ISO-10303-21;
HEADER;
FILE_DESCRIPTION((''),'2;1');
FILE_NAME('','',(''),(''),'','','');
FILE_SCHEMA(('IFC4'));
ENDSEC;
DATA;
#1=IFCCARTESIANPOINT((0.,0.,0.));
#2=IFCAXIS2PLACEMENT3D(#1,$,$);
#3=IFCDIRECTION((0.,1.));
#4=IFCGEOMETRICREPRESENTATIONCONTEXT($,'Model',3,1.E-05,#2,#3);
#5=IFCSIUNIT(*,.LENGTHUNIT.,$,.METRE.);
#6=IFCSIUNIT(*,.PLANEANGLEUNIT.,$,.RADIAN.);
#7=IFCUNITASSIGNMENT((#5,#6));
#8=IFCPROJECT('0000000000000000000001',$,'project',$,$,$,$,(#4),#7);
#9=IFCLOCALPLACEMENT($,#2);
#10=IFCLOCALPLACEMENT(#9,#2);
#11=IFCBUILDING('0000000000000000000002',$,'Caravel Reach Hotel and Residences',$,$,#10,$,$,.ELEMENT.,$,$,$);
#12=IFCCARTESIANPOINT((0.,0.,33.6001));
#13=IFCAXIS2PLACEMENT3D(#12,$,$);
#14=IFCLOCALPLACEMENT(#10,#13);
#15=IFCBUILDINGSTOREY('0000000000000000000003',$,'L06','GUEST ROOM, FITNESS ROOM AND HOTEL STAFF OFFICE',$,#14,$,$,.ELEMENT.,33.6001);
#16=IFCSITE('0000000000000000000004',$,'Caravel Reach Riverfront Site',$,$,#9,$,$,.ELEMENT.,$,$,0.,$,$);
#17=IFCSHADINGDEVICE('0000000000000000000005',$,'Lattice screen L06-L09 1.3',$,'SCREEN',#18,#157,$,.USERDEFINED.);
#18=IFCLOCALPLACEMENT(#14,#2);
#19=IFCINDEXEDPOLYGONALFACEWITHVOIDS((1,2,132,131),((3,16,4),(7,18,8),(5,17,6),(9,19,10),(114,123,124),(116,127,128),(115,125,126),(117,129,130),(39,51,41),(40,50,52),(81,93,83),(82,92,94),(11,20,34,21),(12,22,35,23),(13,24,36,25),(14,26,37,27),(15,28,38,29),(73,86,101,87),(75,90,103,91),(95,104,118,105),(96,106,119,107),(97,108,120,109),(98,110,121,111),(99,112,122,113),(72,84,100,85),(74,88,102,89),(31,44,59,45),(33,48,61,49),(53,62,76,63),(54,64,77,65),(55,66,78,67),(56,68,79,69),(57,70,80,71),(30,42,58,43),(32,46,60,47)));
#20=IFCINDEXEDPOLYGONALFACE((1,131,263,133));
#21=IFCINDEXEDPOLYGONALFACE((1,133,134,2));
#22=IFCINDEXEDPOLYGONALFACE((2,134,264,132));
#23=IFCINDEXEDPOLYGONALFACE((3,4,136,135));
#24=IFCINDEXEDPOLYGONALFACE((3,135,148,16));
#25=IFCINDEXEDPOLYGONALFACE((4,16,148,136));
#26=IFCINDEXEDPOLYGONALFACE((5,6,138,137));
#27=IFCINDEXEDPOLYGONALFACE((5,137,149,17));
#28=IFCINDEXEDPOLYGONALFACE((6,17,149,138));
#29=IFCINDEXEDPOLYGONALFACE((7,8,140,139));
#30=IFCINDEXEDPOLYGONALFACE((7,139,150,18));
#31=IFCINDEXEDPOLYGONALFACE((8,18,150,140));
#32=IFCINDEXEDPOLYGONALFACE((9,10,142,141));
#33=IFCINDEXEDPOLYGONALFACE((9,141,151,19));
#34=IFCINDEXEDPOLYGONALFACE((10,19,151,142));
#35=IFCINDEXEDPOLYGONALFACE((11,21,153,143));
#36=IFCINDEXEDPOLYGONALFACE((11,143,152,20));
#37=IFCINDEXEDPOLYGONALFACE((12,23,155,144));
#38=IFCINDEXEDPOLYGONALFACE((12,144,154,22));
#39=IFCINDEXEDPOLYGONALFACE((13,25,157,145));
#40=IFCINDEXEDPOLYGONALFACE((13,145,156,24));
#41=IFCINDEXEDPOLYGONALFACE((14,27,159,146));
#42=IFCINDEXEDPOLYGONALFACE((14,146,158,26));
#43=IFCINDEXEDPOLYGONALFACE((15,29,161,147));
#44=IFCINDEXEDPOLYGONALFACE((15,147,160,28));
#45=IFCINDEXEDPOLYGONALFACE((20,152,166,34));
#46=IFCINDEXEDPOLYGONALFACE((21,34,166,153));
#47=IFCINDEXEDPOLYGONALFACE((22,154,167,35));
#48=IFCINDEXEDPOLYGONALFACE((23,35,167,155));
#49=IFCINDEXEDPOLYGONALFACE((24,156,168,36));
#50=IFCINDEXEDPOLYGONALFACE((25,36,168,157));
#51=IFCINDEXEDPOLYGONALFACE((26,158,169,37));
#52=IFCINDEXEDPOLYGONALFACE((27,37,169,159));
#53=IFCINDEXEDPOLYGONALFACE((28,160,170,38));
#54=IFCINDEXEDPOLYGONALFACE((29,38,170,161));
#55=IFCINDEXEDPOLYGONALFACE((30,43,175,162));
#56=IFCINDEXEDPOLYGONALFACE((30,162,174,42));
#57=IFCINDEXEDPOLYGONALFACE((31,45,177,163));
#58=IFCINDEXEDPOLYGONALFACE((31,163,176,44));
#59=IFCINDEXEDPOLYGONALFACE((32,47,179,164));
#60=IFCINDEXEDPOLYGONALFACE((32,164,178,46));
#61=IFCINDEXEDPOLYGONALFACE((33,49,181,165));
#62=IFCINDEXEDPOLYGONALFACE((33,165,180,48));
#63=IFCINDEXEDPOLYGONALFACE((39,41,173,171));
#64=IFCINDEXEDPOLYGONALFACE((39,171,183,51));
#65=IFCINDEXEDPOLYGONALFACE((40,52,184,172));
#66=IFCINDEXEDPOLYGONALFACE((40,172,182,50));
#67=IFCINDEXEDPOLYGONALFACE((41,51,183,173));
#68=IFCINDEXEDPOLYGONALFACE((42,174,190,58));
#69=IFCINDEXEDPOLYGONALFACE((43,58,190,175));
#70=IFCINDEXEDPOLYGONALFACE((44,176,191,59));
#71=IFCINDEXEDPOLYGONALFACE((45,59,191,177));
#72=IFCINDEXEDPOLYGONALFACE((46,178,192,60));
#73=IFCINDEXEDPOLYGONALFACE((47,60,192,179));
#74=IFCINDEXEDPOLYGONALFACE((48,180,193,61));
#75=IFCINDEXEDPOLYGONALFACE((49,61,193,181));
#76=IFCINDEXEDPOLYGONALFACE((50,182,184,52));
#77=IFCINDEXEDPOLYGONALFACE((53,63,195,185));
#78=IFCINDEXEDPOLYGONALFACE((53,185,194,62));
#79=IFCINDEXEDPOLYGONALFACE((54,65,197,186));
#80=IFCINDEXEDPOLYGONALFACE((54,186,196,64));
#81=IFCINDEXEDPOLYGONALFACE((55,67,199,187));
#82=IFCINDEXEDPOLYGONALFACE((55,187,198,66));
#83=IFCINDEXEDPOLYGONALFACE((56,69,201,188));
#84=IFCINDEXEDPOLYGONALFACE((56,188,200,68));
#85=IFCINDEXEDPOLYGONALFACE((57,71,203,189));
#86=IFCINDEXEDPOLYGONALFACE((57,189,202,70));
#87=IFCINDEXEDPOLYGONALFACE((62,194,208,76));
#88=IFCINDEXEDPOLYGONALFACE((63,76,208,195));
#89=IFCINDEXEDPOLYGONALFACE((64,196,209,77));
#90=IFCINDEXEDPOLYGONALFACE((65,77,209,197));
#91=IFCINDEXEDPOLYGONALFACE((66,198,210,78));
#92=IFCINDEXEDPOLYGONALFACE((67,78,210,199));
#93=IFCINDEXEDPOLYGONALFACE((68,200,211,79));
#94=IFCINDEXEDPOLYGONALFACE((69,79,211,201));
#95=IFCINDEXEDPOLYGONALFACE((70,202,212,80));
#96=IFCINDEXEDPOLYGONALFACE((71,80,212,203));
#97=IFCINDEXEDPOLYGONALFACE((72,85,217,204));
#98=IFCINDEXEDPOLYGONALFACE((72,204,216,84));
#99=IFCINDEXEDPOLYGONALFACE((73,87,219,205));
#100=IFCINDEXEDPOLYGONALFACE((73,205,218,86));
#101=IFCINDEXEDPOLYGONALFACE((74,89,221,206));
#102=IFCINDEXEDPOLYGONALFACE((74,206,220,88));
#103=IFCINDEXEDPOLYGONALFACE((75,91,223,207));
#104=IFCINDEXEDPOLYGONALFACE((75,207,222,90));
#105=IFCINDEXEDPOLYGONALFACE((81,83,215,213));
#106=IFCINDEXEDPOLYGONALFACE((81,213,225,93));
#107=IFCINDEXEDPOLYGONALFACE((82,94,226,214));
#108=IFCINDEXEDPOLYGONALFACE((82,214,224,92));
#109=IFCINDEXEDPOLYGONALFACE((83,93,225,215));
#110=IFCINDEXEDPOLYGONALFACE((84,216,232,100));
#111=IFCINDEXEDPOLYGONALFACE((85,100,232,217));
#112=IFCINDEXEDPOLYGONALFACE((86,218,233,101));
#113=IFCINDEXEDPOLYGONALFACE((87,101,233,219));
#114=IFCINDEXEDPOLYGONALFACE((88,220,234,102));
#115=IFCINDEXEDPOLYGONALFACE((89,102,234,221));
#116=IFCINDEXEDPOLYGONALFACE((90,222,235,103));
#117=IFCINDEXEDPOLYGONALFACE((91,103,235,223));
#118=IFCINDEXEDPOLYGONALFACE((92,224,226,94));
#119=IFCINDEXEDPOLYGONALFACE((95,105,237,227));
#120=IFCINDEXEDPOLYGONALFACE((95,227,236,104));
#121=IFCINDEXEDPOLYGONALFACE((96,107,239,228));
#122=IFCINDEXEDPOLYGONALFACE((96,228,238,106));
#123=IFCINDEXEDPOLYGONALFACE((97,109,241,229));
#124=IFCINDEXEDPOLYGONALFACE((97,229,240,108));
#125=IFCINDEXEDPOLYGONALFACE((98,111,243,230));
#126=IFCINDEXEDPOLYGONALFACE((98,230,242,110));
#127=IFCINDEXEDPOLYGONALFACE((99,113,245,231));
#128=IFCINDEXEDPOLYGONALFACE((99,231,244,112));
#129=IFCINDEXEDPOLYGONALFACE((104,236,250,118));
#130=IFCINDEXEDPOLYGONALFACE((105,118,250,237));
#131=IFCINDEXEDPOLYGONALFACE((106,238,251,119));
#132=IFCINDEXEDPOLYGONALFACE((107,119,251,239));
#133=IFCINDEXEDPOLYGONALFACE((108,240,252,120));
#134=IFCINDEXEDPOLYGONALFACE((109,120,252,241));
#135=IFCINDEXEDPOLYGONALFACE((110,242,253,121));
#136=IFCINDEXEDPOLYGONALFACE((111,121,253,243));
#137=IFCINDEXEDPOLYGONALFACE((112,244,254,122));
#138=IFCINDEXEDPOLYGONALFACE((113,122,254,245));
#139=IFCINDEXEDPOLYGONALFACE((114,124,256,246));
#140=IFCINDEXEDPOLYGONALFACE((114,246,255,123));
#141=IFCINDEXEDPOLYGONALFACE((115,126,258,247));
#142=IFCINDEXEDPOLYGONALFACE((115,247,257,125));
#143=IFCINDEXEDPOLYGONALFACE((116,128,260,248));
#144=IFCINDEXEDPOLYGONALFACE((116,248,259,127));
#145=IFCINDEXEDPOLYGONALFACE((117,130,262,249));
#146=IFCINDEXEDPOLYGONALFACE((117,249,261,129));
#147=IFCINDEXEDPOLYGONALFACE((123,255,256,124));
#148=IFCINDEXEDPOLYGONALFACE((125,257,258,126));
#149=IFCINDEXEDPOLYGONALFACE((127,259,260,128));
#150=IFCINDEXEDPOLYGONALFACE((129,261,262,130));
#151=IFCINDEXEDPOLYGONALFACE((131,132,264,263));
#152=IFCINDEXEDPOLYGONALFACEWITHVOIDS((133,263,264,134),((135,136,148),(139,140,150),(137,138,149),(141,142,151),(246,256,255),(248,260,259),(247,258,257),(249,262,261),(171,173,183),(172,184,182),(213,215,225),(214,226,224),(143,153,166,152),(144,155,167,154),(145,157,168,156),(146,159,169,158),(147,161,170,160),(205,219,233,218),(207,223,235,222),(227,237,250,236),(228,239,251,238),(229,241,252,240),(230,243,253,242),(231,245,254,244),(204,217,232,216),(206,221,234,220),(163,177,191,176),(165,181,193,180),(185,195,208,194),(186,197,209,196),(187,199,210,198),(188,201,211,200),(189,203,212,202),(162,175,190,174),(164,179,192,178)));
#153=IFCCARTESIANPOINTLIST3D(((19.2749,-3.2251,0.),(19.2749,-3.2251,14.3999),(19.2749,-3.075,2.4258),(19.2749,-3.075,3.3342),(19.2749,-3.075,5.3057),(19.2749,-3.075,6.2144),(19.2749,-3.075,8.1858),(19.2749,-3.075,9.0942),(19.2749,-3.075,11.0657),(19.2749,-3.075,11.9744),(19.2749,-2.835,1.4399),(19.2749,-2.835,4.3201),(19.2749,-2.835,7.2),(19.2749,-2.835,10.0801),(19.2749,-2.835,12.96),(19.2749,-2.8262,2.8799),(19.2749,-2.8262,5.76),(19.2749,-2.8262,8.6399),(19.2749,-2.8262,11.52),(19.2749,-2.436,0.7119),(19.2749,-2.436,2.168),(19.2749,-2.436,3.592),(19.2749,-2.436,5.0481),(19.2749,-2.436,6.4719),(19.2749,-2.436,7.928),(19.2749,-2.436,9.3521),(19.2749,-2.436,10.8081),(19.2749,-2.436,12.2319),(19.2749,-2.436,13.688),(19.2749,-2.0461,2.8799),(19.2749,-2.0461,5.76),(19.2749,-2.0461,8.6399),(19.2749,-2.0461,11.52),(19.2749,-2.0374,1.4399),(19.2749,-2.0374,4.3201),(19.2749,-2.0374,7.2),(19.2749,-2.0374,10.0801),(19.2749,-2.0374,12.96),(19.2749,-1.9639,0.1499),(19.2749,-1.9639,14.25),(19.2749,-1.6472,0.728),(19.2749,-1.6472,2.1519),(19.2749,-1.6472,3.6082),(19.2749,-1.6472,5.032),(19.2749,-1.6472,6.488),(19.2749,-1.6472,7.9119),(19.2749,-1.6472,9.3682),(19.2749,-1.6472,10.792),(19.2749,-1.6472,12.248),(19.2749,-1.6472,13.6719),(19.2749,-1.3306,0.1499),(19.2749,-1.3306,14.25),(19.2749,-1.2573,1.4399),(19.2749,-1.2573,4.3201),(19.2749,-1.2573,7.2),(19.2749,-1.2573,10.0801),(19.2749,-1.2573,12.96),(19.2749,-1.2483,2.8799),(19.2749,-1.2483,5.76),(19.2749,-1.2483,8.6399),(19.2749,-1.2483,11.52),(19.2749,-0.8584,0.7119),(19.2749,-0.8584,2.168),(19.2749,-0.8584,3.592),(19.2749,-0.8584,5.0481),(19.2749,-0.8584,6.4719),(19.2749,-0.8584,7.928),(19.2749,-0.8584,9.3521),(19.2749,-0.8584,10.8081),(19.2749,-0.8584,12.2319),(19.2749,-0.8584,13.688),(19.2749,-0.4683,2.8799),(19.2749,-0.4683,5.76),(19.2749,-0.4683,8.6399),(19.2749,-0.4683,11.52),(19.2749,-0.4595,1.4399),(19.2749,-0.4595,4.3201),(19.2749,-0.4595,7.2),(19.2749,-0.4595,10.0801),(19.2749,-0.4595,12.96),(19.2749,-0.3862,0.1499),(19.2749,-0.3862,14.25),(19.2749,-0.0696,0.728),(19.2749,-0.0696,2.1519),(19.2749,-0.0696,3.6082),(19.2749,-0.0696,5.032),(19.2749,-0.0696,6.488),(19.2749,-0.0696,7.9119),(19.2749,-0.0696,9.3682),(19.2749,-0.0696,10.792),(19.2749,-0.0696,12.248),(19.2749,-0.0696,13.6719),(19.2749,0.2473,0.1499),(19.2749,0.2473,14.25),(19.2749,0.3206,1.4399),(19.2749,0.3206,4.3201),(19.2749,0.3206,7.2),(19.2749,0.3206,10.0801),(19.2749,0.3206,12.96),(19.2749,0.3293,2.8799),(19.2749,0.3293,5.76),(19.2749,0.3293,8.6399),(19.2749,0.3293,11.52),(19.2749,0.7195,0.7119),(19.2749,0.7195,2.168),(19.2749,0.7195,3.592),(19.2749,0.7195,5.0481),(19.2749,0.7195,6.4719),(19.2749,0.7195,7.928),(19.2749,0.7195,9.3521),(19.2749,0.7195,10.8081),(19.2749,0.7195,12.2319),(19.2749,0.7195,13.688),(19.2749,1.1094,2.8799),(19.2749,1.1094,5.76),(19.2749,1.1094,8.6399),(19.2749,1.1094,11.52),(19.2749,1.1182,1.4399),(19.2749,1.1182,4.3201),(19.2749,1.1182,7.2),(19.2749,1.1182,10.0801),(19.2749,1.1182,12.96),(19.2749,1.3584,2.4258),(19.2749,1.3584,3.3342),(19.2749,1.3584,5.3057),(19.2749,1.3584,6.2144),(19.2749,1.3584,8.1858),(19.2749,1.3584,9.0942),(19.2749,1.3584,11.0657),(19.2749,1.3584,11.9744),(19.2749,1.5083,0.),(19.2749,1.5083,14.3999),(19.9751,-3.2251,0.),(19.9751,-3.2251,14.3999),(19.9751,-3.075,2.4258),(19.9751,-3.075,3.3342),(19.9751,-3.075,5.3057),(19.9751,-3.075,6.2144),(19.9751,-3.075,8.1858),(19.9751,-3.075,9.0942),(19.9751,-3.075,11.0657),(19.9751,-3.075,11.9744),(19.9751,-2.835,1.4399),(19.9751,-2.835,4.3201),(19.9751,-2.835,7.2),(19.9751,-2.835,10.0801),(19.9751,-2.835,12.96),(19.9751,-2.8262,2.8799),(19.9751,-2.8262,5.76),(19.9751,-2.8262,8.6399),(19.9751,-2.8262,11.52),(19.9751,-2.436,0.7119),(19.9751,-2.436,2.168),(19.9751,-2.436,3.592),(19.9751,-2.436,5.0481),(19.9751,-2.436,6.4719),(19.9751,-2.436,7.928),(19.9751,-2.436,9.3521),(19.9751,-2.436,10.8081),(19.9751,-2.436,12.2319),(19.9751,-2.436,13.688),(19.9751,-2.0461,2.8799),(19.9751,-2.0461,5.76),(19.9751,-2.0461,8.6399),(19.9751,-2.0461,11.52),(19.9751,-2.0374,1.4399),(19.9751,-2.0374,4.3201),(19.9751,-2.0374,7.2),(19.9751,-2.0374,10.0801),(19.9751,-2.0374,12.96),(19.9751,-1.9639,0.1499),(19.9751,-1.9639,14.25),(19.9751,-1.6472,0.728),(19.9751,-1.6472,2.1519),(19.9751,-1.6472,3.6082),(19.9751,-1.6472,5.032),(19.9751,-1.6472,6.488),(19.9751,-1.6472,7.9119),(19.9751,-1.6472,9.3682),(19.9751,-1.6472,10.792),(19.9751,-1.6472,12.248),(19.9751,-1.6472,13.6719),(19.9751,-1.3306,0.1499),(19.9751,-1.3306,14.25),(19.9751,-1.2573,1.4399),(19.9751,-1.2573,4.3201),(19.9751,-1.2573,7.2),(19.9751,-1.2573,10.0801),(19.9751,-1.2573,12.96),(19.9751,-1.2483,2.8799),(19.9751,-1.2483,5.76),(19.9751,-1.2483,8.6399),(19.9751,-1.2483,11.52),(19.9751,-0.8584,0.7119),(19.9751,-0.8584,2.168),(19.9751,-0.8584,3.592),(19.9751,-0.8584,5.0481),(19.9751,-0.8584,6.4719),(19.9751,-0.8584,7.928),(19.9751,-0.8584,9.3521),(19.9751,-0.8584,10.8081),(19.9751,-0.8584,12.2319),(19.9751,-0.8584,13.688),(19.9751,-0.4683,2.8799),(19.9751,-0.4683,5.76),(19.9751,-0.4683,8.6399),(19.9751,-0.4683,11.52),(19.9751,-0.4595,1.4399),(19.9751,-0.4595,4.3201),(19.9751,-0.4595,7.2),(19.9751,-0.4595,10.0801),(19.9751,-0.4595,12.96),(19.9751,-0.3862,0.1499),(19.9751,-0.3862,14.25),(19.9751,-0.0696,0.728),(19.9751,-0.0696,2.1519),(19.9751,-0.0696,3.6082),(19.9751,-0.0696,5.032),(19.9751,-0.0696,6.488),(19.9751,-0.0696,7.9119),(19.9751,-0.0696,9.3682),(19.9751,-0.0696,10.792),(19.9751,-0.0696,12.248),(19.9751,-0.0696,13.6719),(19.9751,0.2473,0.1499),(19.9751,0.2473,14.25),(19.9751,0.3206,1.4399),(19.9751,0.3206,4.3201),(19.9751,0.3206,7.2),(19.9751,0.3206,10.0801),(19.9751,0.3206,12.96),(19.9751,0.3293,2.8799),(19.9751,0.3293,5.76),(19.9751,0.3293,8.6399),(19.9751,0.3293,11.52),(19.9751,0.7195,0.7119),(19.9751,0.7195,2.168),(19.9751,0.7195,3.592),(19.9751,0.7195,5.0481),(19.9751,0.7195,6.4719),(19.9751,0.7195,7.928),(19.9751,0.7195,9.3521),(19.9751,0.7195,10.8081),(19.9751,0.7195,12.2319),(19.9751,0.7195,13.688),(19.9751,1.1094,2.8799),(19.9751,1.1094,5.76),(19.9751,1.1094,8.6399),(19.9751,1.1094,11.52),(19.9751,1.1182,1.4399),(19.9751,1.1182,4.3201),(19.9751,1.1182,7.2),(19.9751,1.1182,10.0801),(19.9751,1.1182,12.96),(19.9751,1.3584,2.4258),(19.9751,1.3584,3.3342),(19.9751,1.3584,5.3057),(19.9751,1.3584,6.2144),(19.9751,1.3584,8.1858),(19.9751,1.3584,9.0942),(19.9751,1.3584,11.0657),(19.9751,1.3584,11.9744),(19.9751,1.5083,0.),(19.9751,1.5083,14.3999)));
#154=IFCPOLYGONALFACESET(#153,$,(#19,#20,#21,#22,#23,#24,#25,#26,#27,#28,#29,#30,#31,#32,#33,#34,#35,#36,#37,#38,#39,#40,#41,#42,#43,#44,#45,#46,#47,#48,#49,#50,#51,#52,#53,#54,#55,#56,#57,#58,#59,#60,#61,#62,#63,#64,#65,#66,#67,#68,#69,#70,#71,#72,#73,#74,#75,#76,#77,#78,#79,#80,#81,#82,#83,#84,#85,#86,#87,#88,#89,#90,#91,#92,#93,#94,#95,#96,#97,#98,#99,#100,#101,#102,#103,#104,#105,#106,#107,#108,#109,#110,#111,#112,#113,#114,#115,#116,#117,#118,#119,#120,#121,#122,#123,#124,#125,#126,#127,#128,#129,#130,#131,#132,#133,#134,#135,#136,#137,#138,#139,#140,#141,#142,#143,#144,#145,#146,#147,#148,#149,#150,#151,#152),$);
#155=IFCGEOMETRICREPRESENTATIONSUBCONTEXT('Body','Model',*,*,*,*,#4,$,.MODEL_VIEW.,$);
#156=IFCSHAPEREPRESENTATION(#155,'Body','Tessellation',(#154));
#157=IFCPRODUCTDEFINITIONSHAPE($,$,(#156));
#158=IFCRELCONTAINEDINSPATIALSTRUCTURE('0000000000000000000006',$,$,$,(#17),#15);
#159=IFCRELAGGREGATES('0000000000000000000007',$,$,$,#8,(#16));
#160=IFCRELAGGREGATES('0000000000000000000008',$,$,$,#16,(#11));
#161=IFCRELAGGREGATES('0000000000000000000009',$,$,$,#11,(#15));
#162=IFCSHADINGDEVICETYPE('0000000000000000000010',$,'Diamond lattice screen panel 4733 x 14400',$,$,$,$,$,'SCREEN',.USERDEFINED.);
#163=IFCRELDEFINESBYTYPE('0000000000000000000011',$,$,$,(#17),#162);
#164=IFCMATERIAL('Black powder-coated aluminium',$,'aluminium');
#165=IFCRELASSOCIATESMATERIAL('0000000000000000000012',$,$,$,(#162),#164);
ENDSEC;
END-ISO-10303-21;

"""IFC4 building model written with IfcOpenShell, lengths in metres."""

from ifc_helpers import new_model, si_unit, direction, frame, origin, place, context, subcontext, project, spatial, polyline, outline, extrude, material, type_object, element, save


model = new_model("IFC4")

# Units and contexts
model_context = context("Model", 3, precision=1e-05, world=origin(), true_north=direction((0.0, 1.0)))
body_context = subcontext(model_context, "Body", "Model", "MODEL_VIEW")
ifc_project = project(units=[si_unit("LENGTHUNIT", "METRE"), si_unit("PLANEANGLEUNIT", "RADIAN")], contexts=[model_context])

# Site, building, storey
site_placement = place(None, origin())
site = spatial("IfcSite", under=ifc_project, at=site_placement, Name="Caravel Reach Riverfront Site", CompositionType="ELEMENT", RefElevation=0.0)
building_placement = place(site_placement, origin())
building = spatial("IfcBuilding", under=site, at=building_placement, Name="Caravel Reach Hotel and Residences", CompositionType="ELEMENT")
storey_placement = place(building_placement, frame((0.0, 0.0, 33.6001)))
storey = spatial("IfcBuildingStorey", under=building, at=storey_placement, Name="L06", Description="GUEST ROOM, FITNESS ROOM AND HOTEL STAFF OFFICE", CompositionType="ELEMENT", Elevation=33.6001)

# Shading device
ifc_material_1 = material(Name="Black powder-coated aluminium", Category="aluminium")
shading_device_type_1 = type_object("IfcShadingDeviceType", Name="Diamond lattice screen panel 4733 x 14400", ElementType="SCREEN", PredefinedType="USERDEFINED", material=ifc_material_1)
shading_device_1_placement = place(storey_placement, frame((19.9751, 1.5083, 0.0), z_axis=(-1.0, 0.0, 0.0), x_axis=(0.0, -1.0, 0.0)))
element("IfcShadingDevice", 1, at=shading_device_1_placement, inside=storey, type_object=shading_device_type_1, Name="Lattice screen L06-L09 1.3", ObjectType="SCREEN", PredefinedType="USERDEFINED", context=body_context, shape_type="SweptSolid", body=[
    extrude(outline(polyline([(0.0, 0.0), (4.7334, 0.0), (4.7334, 14.3999), (0.0, 14.3999), (0.0, 0.0)]), holes=[polyline([(0.3989, 2.8799), (0.1499, 3.3342), (0.1499, 2.4258), (0.3989, 2.8799)]), polyline([(0.3989, 5.76), (0.1499, 6.2144), (0.1499, 5.3057), (0.3989, 5.76)]), polyline([(0.3989, 8.6399), (0.1499, 9.0942), (0.1499, 8.1858), (0.3989, 8.6399)]), polyline([(0.3989, 11.52), (0.1499, 11.9744), (0.1499, 11.0657), (0.3989, 11.52)]), polyline([(0.7888, 2.168), (0.3901, 1.4399), (0.7888, 0.7119), (1.1877, 1.4399), (0.7888, 2.168)]), polyline([(0.7888, 5.0481), (0.3901, 4.3201), (0.7888, 3.592), (1.1877, 4.3201), (0.7888, 5.0481)]), polyline([(0.7888, 7.928), (0.3901, 7.2), (0.7888, 6.4719), (1.1877, 7.2), (0.7888, 7.928)]), polyline([(0.7888, 10.8081), (0.3901, 10.0801), (0.7888, 9.3521), (1.1877, 10.0801), (0.7888, 10.8081)]), polyline([(0.7888, 13.688), (0.3901, 12.96), (0.7888, 12.2319), (1.1877, 12.96), (0.7888, 13.688)]), polyline([(1.5779, 0.728), (1.261, 0.1499), (1.8945, 0.1499), (1.5779, 0.728)]), polyline([(1.5779, 3.6082), (1.179, 2.8799), (1.5779, 2.1519), (1.9766, 2.8799), (1.5779, 3.6082)]), polyline([(1.5779, 6.488), (1.179, 5.76), (1.5779, 5.032), (1.9766, 5.76), (1.5779, 6.488)]), polyline([(1.5779, 9.3682), (1.179, 8.6399), (1.5779, 7.9119), (1.9766, 8.6399), (1.5779, 9.3682)]), polyline([(1.5779, 12.248), (1.179, 11.52), (1.5779, 10.792), (1.9766, 11.52), (1.5779, 12.248)]), polyline([(1.5779, 13.6719), (1.8945, 14.25), (1.261, 14.25), (1.5779, 13.6719)]), polyline([(2.3667, 2.168), (1.9678, 1.4399), (2.3667, 0.7119), (2.7656, 1.4399), (2.3667, 2.168)]), polyline([(2.3667, 5.0481), (1.9678, 4.3201), (2.3667, 3.592), (2.7656, 4.3201), (2.3667, 5.0481)]), polyline([(2.3667, 7.928), (1.9678, 7.2), (2.3667, 6.4719), (2.7656, 7.2), (2.3667, 7.928)]), polyline([(2.3667, 10.8081), (1.9678, 10.0801), (2.3667, 9.3521), (2.7656, 10.0801), (2.3667, 10.8081)]), polyline([(2.3667, 13.688), (1.9678, 12.96), (2.3667, 12.2319), (2.7656, 12.96), (2.3667, 13.688)]), polyline([(3.1555, 0.728), (2.8389, 0.1499), (3.4722, 0.1499), (3.1555, 0.728)]), polyline([(3.1555, 3.6082), (2.7566, 2.8799), (3.1555, 2.1519), (3.5544, 2.8799), (3.1555, 3.6082)]), polyline([(3.1555, 6.488), (2.7566, 5.76), (3.1555, 5.032), (3.5544, 5.76), (3.1555, 6.488)]), polyline([(3.1555, 9.3682), (2.7566, 8.6399), (3.1555, 7.9119), (3.5544, 8.6399), (3.1555, 9.3682)]), polyline([(3.1555, 12.248), (2.7566, 11.52), (3.1555, 10.792), (3.5544, 11.52), (3.1555, 12.248)]), polyline([(3.1555, 13.6719), (3.4722, 14.25), (2.8389, 14.25), (3.1555, 13.6719)]), polyline([(3.9443, 2.168), (3.5457, 1.4399), (3.9443, 0.7119), (4.3433, 1.4399), (3.9443, 2.168)]), polyline([(3.9443, 5.0481), (3.5457, 4.3201), (3.9443, 3.592), (4.3433, 4.3201), (3.9443, 5.0481)]), polyline([(3.9443, 7.928), (3.5457, 7.2), (3.9443, 6.4719), (4.3433, 7.2), (3.9443, 7.928)]), polyline([(3.9443, 10.8081), (3.5457, 10.0801), (3.9443, 9.3521), (4.3433, 10.0801), (3.9443, 10.8081)]), polyline([(3.9443, 13.688), (3.5457, 12.96), (3.9443, 12.2319), (4.3433, 12.96), (3.9443, 13.688)]), polyline([(4.3345, 2.8799), (4.5833, 2.4258), (4.5833, 3.3342), (4.3345, 2.8799)]), polyline([(4.3345, 5.76), (4.5833, 5.3057), (4.5833, 6.2144), (4.3345, 5.76)]), polyline([(4.3345, 8.6399), (4.5833, 8.1858), (4.5833, 9.0942), (4.3345, 8.6399)]), polyline([(4.3345, 11.52), (4.5833, 11.0657), (4.5833, 11.9744), (4.3345, 11.52)])]), origin(), (0.0, 0.0, 1.0), 0.7002),
])

save(model, "model.ifc")
